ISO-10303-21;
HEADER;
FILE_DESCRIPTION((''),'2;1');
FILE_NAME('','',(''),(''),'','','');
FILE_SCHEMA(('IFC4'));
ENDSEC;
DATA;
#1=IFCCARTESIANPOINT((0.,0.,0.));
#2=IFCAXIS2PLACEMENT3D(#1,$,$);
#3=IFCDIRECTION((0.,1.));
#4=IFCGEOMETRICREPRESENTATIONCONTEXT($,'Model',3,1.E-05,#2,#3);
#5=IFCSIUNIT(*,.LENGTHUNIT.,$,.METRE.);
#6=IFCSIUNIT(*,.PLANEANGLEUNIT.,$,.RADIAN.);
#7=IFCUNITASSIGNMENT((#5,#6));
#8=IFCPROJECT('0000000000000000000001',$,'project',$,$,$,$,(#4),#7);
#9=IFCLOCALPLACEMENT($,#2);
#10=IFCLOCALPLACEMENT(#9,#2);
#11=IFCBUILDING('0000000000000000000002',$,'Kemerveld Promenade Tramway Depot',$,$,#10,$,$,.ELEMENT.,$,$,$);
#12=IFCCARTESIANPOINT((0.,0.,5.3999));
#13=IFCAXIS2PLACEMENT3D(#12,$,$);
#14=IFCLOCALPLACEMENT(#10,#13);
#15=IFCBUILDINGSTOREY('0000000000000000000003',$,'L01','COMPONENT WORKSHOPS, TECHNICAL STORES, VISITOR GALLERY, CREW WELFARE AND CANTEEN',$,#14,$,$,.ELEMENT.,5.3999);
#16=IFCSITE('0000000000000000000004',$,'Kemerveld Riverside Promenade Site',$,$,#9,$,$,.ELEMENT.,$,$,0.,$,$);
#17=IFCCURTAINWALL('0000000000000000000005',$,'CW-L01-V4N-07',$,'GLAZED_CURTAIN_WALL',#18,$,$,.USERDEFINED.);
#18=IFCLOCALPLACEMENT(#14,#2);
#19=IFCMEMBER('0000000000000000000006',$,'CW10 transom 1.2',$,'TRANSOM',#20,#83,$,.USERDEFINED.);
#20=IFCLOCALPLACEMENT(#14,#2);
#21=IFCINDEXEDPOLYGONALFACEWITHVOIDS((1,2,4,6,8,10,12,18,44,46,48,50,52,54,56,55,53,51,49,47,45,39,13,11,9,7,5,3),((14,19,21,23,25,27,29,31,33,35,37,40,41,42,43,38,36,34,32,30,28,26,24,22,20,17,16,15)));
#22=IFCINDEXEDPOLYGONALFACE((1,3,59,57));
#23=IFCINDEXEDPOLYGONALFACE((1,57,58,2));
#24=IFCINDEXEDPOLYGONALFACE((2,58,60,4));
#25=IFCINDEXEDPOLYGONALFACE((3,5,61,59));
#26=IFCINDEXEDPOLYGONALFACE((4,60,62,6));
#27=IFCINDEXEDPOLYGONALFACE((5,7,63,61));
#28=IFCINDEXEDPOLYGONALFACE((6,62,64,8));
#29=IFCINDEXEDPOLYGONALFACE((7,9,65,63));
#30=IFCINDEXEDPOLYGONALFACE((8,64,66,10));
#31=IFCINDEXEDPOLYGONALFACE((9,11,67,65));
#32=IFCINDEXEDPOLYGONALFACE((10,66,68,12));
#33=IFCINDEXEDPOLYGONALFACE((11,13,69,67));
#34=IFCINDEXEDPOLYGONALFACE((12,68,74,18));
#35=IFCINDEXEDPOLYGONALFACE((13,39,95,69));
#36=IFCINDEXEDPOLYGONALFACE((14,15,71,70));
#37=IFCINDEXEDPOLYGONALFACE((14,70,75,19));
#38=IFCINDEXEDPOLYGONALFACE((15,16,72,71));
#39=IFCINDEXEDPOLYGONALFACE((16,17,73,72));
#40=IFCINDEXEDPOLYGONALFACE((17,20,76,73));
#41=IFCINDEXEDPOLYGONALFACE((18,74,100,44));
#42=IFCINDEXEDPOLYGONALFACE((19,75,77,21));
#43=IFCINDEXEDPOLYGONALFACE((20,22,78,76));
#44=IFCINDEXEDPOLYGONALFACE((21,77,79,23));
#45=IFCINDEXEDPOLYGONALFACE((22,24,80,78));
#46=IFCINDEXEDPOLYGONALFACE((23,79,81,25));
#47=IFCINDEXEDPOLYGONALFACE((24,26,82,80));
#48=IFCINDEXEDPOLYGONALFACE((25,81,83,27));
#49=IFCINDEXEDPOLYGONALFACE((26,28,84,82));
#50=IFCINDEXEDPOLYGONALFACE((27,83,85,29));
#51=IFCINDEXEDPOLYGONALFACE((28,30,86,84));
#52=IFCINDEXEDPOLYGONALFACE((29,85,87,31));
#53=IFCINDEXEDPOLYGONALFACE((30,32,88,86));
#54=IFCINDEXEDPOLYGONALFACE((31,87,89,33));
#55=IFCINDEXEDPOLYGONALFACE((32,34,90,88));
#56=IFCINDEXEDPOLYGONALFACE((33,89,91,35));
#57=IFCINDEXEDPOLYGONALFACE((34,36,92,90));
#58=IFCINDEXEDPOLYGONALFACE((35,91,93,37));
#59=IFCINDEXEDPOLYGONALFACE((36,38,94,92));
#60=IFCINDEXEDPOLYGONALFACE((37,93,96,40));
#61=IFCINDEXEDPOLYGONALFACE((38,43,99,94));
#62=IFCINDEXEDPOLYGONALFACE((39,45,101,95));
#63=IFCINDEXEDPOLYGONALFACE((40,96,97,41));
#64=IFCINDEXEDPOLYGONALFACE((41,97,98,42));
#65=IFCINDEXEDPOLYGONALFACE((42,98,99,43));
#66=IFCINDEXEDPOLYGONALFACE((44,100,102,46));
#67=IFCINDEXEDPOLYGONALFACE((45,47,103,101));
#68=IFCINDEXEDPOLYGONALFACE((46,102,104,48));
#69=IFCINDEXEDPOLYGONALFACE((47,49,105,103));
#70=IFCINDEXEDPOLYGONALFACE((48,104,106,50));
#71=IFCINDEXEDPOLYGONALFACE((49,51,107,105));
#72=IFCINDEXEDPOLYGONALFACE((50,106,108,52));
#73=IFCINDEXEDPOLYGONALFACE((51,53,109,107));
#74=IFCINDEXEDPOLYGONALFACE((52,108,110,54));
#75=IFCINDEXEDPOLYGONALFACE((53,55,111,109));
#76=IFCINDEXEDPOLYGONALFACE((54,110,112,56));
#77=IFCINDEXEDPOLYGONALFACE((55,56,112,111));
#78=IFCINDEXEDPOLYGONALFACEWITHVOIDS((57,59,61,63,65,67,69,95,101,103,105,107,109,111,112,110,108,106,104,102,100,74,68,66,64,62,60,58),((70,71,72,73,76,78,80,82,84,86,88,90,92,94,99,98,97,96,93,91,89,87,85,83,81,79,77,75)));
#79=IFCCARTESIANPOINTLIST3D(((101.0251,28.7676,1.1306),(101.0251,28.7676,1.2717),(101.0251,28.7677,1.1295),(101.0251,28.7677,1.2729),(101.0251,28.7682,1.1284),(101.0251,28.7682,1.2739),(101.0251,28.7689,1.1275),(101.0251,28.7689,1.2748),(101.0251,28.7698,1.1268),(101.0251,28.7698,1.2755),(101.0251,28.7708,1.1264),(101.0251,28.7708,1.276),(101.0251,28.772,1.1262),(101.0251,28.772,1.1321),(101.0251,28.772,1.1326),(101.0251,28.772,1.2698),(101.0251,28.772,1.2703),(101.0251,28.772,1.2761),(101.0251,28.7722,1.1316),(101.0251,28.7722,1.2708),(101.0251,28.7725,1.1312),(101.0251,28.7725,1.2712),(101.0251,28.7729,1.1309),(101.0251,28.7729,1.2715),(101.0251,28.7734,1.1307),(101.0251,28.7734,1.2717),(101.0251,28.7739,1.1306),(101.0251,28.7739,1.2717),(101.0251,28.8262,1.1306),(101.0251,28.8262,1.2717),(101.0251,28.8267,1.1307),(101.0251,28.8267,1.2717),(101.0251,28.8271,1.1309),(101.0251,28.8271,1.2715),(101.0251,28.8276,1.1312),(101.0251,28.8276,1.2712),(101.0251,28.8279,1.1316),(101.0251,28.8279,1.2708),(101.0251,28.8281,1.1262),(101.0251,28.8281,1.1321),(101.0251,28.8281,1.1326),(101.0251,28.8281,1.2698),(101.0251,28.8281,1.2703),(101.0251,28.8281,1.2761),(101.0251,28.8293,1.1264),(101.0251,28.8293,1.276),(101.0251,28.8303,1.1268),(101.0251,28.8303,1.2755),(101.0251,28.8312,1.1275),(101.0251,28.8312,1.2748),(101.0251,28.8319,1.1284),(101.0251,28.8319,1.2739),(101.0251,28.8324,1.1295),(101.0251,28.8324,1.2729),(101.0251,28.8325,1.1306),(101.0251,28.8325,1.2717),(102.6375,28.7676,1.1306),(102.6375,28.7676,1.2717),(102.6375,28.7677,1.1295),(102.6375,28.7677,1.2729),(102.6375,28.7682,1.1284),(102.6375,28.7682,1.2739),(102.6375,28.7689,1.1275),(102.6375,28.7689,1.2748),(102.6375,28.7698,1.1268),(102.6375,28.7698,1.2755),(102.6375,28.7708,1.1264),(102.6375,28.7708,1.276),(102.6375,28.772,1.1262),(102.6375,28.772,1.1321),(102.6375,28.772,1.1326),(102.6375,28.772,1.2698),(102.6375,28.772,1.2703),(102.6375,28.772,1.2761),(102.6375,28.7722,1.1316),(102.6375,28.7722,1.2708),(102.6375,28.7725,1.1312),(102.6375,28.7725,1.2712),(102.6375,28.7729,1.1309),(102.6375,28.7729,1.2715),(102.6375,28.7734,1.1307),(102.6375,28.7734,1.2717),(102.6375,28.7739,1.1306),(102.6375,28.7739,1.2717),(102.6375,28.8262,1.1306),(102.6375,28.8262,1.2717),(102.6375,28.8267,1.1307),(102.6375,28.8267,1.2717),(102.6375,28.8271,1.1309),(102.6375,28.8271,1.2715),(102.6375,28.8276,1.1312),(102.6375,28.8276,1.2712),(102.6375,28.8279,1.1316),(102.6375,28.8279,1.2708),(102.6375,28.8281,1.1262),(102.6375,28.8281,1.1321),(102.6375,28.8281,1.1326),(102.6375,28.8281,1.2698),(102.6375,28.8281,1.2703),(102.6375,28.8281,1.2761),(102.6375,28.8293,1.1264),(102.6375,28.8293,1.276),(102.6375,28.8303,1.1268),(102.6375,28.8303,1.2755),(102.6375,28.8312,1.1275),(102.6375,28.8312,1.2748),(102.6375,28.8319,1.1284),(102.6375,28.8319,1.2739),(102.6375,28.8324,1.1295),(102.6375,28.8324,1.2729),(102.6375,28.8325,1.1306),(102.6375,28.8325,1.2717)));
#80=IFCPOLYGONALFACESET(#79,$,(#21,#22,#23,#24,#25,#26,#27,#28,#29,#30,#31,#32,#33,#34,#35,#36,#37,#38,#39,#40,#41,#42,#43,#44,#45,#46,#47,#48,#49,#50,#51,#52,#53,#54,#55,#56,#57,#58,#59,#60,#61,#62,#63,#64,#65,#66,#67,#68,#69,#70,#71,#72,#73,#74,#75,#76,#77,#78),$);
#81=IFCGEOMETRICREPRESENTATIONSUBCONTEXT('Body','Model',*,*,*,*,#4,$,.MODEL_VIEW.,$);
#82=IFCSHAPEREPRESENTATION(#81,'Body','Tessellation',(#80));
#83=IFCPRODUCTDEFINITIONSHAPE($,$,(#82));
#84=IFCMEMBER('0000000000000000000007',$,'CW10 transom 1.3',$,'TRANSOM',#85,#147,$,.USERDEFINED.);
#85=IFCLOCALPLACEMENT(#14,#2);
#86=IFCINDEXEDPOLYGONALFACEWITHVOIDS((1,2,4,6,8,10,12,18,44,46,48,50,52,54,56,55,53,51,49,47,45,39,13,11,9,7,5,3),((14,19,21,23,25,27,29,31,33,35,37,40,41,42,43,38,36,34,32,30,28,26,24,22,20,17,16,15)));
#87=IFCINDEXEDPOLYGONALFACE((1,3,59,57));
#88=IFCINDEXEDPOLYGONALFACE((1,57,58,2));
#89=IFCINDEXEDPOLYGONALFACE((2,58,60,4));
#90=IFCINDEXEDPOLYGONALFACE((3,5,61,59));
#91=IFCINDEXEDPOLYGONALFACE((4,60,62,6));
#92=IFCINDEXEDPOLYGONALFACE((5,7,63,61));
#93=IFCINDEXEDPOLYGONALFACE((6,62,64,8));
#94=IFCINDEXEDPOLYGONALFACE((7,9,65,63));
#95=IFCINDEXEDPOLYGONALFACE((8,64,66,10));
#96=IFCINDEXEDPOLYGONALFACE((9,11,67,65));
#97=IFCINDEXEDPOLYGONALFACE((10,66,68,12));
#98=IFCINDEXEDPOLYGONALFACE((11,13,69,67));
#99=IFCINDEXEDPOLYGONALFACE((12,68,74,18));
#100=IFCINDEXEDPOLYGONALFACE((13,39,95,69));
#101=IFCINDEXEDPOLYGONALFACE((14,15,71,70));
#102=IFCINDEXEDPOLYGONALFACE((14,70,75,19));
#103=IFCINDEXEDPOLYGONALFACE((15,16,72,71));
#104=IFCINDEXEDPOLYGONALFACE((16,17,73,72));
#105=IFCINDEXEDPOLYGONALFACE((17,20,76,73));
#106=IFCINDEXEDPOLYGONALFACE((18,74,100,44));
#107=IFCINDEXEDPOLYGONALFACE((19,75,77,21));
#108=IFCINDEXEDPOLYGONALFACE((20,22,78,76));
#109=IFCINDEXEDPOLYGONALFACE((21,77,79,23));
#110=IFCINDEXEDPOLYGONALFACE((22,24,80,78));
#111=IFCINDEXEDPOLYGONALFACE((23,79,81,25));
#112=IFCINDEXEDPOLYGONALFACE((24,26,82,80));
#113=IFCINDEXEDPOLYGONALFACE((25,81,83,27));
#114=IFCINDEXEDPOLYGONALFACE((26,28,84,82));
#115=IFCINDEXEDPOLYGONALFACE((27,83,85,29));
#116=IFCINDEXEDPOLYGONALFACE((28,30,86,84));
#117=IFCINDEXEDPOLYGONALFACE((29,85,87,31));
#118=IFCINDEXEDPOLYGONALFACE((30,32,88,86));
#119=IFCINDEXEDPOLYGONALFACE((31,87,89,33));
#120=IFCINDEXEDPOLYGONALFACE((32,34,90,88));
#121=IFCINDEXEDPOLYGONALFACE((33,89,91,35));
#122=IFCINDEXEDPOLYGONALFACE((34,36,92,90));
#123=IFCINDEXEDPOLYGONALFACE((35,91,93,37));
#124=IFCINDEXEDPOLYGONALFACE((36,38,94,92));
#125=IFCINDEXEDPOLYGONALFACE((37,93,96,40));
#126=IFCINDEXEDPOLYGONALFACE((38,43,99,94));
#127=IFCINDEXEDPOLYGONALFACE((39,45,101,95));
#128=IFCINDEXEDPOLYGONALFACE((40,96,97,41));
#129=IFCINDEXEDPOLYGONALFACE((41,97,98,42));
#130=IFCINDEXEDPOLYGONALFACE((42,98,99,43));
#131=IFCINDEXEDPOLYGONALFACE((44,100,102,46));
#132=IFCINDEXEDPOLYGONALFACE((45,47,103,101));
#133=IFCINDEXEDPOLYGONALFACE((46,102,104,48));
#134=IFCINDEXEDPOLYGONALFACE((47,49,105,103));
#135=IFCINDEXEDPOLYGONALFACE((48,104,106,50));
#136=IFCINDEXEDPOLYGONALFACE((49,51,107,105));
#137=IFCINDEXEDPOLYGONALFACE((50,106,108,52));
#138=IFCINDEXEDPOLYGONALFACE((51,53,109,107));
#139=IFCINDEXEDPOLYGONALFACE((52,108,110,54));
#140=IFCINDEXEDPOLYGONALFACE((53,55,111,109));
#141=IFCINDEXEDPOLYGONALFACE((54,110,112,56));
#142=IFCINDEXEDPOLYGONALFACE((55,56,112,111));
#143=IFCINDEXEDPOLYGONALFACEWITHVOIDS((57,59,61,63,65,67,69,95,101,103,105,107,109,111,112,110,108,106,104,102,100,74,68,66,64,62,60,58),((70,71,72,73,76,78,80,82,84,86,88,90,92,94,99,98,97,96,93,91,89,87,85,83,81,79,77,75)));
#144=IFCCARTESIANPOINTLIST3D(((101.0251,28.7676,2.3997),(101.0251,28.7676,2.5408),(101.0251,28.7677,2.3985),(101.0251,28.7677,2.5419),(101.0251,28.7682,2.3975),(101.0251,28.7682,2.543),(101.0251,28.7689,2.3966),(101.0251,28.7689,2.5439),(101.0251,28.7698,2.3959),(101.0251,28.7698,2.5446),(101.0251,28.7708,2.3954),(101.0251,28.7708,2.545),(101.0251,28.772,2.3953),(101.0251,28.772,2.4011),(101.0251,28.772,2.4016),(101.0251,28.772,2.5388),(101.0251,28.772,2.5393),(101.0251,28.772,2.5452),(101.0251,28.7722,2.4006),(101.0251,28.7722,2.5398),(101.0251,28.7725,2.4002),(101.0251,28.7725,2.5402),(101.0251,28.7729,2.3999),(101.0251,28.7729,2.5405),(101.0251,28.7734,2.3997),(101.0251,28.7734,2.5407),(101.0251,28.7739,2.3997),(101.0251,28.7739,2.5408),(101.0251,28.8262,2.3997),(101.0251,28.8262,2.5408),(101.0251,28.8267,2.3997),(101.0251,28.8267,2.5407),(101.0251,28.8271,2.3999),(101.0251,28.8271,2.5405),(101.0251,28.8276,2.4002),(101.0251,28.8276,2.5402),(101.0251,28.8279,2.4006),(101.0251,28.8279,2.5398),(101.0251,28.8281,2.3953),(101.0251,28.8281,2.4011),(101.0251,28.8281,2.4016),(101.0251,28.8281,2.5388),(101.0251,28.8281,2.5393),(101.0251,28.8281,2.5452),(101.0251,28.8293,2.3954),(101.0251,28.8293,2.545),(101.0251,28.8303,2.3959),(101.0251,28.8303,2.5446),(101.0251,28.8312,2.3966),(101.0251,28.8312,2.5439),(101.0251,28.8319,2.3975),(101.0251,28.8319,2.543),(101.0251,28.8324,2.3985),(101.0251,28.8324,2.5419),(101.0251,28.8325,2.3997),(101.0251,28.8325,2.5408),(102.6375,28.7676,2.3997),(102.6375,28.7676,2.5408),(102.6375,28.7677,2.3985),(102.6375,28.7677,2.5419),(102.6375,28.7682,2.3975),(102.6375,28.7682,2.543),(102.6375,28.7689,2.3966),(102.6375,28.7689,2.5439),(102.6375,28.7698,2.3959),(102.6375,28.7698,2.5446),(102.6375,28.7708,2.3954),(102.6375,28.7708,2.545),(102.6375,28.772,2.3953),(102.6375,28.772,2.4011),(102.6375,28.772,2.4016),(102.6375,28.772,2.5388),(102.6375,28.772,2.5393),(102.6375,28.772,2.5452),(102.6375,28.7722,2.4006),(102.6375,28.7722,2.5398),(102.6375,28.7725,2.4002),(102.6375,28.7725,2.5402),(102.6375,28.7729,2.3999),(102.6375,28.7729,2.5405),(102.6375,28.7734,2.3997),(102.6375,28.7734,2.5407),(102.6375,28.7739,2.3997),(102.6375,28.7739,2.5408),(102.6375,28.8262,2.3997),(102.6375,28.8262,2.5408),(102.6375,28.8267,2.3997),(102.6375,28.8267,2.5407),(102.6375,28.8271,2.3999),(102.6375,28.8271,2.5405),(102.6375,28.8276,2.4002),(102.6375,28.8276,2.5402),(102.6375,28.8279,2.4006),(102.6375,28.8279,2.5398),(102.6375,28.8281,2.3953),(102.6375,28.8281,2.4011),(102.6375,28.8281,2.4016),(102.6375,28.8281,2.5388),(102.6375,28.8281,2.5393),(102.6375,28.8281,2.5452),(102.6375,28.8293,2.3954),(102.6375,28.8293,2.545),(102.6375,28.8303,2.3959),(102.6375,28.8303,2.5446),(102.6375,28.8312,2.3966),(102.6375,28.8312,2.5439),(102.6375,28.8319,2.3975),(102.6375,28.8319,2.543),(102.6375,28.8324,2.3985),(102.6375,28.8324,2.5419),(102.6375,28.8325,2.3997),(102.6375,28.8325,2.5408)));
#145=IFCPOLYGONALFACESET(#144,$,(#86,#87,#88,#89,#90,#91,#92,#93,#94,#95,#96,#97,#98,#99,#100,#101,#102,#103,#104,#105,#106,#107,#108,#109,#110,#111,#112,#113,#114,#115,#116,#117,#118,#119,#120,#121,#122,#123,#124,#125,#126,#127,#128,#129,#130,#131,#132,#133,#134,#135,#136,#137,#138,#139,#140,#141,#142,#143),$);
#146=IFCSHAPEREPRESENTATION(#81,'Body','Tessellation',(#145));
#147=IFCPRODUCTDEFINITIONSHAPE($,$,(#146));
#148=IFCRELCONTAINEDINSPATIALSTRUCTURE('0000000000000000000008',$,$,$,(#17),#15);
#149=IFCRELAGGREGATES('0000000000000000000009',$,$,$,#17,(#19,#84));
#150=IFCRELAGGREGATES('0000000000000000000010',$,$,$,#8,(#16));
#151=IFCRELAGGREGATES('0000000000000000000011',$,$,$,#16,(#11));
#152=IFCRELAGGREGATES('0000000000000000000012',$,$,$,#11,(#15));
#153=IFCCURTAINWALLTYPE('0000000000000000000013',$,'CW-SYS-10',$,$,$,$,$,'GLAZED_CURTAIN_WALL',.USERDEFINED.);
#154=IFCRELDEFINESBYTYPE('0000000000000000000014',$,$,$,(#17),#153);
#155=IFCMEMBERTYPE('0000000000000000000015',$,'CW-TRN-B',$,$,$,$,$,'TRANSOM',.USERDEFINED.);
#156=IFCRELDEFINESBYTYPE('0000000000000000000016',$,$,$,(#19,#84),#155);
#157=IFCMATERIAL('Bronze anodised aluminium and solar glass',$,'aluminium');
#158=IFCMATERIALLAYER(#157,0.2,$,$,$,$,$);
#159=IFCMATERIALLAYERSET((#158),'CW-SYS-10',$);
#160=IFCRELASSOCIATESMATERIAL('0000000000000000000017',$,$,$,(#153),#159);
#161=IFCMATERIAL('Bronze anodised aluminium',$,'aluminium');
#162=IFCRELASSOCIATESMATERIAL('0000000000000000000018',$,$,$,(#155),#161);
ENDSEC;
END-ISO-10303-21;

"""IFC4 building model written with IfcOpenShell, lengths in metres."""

from ifc_helpers import new_model, si_unit, direction, frame, origin, origin_2d, place, context, subcontext, project, spatial, hollow_rectangle, extrude, material, layer, layer_set, material_profile, profile_set, type_object, element, aggregate, save


model = new_model("IFC4")

# Units and contexts
model_context = context("Model", 3, precision=1e-05, world=origin(), true_north=direction((0.0, 1.0)))
body_context = subcontext(model_context, "Body", "Model", "MODEL_VIEW")
ifc_project = project(units=[si_unit("LENGTHUNIT", "METRE"), si_unit("PLANEANGLEUNIT", "RADIAN")], contexts=[model_context])

# Site, building, storey
site_placement = place(None, origin())
site = spatial("IfcSite", under=ifc_project, at=site_placement, Name="Kemerveld Riverside Promenade Site", CompositionType="ELEMENT", RefElevation=0.0)
building_placement = place(site_placement, origin())
building = spatial("IfcBuilding", under=site, at=building_placement, Name="Kemerveld Promenade Tramway Depot", CompositionType="ELEMENT")
storey_placement = place(building_placement, frame((0.0, 0.0, 5.3999)))
storey = spatial("IfcBuildingStorey", under=building, at=storey_placement, Name="L01", Description="COMPONENT WORKSHOPS, TECHNICAL STORES, VISITOR GALLERY, CREW WELFARE AND CANTEEN", CompositionType="ELEMENT", Elevation=5.3999)

# Shared definitions
ifc_material_1 = material(Name="Bronze anodised aluminium and solar glass", Category="aluminium")
ifc_material_2 = material(Name="Bronze anodised aluminium", Category="aluminium")

# Curtain wall
ifc_layer_1 = layer(ifc_material_1, 0.2)
ifc_layer_set_1 = layer_set([ifc_layer_1], Name="CW-SYS-10")
curtain_wall_type_1 = type_object("IfcCurtainWallType", Name="CW-SYS-10", ElementType="GLAZED_CURTAIN_WALL", PredefinedType="USERDEFINED", material=ifc_layer_set_1)
curtain_wall_1_placement = place(storey_placement, origin())
curtain_wall_1 = element("IfcCurtainWall", 1, at=curtain_wall_1_placement, inside=storey, type_object=curtain_wall_type_1, Name="CW-L01-V4N-07", ObjectType="GLAZED_CURTAIN_WALL", PredefinedType="USERDEFINED")

# Members
ifc_material_profile_1 = material_profile(ifc_material_2, hollow_rectangle(XDim=0.0649, YDim=0.1499, WallThickness=0.0044, InnerFilletRadius=0.002, OuterFilletRadius=0.0044, at=origin_2d()), Name="CW-TRN-150x65")
ifc_profile_set_1 = profile_set([ifc_material_profile_1], Name="Bronze anodised aluminium")
member_type_1 = type_object("IfcMemberType", Name="CW-TRN-B", ElementType="TRANSOM", PredefinedType="USERDEFINED", material=ifc_profile_set_1)
member_1_placement = place(storey_placement, frame((101.0251, 28.8, 1.2012), z_axis=(1.0, 0.0, 0.0), x_axis=(0.0, 1.0, 0.0)))
member_1 = element("IfcMember", 2, at=member_1_placement, type_object=member_type_1, Name="CW10 transom 1.2", ObjectType="TRANSOM", PredefinedType="USERDEFINED", context=body_context, shape_type="SweptSolid", body=[
    extrude(hollow_rectangle(XDim=0.0649, YDim=0.1499, WallThickness=0.0044, InnerFilletRadius=0.002, OuterFilletRadius=0.0044, at=origin_2d()), origin(), (0.0, 0.0, 1.0), 1.6123),
])
member_2_placement = place(storey_placement, frame((101.0251, 28.8, 2.4702), z_axis=(1.0, 0.0, 0.0), x_axis=(0.0, 1.0, 0.0)))
member_2 = element("IfcMember", 3, at=member_2_placement, type_object=member_type_1, Name="CW10 transom 1.3", ObjectType="TRANSOM", PredefinedType="USERDEFINED", context=body_context, shape_type="SweptSolid", body=[
    extrude(hollow_rectangle(XDim=0.0649, YDim=0.1499, WallThickness=0.0044, InnerFilletRadius=0.002, OuterFilletRadius=0.0044, at=origin_2d()), origin(), (0.0, 0.0, 1.0), 1.6123),
])

aggregate(curtain_wall_1, [member_1, member_2])

save(model, "model.ifc")
